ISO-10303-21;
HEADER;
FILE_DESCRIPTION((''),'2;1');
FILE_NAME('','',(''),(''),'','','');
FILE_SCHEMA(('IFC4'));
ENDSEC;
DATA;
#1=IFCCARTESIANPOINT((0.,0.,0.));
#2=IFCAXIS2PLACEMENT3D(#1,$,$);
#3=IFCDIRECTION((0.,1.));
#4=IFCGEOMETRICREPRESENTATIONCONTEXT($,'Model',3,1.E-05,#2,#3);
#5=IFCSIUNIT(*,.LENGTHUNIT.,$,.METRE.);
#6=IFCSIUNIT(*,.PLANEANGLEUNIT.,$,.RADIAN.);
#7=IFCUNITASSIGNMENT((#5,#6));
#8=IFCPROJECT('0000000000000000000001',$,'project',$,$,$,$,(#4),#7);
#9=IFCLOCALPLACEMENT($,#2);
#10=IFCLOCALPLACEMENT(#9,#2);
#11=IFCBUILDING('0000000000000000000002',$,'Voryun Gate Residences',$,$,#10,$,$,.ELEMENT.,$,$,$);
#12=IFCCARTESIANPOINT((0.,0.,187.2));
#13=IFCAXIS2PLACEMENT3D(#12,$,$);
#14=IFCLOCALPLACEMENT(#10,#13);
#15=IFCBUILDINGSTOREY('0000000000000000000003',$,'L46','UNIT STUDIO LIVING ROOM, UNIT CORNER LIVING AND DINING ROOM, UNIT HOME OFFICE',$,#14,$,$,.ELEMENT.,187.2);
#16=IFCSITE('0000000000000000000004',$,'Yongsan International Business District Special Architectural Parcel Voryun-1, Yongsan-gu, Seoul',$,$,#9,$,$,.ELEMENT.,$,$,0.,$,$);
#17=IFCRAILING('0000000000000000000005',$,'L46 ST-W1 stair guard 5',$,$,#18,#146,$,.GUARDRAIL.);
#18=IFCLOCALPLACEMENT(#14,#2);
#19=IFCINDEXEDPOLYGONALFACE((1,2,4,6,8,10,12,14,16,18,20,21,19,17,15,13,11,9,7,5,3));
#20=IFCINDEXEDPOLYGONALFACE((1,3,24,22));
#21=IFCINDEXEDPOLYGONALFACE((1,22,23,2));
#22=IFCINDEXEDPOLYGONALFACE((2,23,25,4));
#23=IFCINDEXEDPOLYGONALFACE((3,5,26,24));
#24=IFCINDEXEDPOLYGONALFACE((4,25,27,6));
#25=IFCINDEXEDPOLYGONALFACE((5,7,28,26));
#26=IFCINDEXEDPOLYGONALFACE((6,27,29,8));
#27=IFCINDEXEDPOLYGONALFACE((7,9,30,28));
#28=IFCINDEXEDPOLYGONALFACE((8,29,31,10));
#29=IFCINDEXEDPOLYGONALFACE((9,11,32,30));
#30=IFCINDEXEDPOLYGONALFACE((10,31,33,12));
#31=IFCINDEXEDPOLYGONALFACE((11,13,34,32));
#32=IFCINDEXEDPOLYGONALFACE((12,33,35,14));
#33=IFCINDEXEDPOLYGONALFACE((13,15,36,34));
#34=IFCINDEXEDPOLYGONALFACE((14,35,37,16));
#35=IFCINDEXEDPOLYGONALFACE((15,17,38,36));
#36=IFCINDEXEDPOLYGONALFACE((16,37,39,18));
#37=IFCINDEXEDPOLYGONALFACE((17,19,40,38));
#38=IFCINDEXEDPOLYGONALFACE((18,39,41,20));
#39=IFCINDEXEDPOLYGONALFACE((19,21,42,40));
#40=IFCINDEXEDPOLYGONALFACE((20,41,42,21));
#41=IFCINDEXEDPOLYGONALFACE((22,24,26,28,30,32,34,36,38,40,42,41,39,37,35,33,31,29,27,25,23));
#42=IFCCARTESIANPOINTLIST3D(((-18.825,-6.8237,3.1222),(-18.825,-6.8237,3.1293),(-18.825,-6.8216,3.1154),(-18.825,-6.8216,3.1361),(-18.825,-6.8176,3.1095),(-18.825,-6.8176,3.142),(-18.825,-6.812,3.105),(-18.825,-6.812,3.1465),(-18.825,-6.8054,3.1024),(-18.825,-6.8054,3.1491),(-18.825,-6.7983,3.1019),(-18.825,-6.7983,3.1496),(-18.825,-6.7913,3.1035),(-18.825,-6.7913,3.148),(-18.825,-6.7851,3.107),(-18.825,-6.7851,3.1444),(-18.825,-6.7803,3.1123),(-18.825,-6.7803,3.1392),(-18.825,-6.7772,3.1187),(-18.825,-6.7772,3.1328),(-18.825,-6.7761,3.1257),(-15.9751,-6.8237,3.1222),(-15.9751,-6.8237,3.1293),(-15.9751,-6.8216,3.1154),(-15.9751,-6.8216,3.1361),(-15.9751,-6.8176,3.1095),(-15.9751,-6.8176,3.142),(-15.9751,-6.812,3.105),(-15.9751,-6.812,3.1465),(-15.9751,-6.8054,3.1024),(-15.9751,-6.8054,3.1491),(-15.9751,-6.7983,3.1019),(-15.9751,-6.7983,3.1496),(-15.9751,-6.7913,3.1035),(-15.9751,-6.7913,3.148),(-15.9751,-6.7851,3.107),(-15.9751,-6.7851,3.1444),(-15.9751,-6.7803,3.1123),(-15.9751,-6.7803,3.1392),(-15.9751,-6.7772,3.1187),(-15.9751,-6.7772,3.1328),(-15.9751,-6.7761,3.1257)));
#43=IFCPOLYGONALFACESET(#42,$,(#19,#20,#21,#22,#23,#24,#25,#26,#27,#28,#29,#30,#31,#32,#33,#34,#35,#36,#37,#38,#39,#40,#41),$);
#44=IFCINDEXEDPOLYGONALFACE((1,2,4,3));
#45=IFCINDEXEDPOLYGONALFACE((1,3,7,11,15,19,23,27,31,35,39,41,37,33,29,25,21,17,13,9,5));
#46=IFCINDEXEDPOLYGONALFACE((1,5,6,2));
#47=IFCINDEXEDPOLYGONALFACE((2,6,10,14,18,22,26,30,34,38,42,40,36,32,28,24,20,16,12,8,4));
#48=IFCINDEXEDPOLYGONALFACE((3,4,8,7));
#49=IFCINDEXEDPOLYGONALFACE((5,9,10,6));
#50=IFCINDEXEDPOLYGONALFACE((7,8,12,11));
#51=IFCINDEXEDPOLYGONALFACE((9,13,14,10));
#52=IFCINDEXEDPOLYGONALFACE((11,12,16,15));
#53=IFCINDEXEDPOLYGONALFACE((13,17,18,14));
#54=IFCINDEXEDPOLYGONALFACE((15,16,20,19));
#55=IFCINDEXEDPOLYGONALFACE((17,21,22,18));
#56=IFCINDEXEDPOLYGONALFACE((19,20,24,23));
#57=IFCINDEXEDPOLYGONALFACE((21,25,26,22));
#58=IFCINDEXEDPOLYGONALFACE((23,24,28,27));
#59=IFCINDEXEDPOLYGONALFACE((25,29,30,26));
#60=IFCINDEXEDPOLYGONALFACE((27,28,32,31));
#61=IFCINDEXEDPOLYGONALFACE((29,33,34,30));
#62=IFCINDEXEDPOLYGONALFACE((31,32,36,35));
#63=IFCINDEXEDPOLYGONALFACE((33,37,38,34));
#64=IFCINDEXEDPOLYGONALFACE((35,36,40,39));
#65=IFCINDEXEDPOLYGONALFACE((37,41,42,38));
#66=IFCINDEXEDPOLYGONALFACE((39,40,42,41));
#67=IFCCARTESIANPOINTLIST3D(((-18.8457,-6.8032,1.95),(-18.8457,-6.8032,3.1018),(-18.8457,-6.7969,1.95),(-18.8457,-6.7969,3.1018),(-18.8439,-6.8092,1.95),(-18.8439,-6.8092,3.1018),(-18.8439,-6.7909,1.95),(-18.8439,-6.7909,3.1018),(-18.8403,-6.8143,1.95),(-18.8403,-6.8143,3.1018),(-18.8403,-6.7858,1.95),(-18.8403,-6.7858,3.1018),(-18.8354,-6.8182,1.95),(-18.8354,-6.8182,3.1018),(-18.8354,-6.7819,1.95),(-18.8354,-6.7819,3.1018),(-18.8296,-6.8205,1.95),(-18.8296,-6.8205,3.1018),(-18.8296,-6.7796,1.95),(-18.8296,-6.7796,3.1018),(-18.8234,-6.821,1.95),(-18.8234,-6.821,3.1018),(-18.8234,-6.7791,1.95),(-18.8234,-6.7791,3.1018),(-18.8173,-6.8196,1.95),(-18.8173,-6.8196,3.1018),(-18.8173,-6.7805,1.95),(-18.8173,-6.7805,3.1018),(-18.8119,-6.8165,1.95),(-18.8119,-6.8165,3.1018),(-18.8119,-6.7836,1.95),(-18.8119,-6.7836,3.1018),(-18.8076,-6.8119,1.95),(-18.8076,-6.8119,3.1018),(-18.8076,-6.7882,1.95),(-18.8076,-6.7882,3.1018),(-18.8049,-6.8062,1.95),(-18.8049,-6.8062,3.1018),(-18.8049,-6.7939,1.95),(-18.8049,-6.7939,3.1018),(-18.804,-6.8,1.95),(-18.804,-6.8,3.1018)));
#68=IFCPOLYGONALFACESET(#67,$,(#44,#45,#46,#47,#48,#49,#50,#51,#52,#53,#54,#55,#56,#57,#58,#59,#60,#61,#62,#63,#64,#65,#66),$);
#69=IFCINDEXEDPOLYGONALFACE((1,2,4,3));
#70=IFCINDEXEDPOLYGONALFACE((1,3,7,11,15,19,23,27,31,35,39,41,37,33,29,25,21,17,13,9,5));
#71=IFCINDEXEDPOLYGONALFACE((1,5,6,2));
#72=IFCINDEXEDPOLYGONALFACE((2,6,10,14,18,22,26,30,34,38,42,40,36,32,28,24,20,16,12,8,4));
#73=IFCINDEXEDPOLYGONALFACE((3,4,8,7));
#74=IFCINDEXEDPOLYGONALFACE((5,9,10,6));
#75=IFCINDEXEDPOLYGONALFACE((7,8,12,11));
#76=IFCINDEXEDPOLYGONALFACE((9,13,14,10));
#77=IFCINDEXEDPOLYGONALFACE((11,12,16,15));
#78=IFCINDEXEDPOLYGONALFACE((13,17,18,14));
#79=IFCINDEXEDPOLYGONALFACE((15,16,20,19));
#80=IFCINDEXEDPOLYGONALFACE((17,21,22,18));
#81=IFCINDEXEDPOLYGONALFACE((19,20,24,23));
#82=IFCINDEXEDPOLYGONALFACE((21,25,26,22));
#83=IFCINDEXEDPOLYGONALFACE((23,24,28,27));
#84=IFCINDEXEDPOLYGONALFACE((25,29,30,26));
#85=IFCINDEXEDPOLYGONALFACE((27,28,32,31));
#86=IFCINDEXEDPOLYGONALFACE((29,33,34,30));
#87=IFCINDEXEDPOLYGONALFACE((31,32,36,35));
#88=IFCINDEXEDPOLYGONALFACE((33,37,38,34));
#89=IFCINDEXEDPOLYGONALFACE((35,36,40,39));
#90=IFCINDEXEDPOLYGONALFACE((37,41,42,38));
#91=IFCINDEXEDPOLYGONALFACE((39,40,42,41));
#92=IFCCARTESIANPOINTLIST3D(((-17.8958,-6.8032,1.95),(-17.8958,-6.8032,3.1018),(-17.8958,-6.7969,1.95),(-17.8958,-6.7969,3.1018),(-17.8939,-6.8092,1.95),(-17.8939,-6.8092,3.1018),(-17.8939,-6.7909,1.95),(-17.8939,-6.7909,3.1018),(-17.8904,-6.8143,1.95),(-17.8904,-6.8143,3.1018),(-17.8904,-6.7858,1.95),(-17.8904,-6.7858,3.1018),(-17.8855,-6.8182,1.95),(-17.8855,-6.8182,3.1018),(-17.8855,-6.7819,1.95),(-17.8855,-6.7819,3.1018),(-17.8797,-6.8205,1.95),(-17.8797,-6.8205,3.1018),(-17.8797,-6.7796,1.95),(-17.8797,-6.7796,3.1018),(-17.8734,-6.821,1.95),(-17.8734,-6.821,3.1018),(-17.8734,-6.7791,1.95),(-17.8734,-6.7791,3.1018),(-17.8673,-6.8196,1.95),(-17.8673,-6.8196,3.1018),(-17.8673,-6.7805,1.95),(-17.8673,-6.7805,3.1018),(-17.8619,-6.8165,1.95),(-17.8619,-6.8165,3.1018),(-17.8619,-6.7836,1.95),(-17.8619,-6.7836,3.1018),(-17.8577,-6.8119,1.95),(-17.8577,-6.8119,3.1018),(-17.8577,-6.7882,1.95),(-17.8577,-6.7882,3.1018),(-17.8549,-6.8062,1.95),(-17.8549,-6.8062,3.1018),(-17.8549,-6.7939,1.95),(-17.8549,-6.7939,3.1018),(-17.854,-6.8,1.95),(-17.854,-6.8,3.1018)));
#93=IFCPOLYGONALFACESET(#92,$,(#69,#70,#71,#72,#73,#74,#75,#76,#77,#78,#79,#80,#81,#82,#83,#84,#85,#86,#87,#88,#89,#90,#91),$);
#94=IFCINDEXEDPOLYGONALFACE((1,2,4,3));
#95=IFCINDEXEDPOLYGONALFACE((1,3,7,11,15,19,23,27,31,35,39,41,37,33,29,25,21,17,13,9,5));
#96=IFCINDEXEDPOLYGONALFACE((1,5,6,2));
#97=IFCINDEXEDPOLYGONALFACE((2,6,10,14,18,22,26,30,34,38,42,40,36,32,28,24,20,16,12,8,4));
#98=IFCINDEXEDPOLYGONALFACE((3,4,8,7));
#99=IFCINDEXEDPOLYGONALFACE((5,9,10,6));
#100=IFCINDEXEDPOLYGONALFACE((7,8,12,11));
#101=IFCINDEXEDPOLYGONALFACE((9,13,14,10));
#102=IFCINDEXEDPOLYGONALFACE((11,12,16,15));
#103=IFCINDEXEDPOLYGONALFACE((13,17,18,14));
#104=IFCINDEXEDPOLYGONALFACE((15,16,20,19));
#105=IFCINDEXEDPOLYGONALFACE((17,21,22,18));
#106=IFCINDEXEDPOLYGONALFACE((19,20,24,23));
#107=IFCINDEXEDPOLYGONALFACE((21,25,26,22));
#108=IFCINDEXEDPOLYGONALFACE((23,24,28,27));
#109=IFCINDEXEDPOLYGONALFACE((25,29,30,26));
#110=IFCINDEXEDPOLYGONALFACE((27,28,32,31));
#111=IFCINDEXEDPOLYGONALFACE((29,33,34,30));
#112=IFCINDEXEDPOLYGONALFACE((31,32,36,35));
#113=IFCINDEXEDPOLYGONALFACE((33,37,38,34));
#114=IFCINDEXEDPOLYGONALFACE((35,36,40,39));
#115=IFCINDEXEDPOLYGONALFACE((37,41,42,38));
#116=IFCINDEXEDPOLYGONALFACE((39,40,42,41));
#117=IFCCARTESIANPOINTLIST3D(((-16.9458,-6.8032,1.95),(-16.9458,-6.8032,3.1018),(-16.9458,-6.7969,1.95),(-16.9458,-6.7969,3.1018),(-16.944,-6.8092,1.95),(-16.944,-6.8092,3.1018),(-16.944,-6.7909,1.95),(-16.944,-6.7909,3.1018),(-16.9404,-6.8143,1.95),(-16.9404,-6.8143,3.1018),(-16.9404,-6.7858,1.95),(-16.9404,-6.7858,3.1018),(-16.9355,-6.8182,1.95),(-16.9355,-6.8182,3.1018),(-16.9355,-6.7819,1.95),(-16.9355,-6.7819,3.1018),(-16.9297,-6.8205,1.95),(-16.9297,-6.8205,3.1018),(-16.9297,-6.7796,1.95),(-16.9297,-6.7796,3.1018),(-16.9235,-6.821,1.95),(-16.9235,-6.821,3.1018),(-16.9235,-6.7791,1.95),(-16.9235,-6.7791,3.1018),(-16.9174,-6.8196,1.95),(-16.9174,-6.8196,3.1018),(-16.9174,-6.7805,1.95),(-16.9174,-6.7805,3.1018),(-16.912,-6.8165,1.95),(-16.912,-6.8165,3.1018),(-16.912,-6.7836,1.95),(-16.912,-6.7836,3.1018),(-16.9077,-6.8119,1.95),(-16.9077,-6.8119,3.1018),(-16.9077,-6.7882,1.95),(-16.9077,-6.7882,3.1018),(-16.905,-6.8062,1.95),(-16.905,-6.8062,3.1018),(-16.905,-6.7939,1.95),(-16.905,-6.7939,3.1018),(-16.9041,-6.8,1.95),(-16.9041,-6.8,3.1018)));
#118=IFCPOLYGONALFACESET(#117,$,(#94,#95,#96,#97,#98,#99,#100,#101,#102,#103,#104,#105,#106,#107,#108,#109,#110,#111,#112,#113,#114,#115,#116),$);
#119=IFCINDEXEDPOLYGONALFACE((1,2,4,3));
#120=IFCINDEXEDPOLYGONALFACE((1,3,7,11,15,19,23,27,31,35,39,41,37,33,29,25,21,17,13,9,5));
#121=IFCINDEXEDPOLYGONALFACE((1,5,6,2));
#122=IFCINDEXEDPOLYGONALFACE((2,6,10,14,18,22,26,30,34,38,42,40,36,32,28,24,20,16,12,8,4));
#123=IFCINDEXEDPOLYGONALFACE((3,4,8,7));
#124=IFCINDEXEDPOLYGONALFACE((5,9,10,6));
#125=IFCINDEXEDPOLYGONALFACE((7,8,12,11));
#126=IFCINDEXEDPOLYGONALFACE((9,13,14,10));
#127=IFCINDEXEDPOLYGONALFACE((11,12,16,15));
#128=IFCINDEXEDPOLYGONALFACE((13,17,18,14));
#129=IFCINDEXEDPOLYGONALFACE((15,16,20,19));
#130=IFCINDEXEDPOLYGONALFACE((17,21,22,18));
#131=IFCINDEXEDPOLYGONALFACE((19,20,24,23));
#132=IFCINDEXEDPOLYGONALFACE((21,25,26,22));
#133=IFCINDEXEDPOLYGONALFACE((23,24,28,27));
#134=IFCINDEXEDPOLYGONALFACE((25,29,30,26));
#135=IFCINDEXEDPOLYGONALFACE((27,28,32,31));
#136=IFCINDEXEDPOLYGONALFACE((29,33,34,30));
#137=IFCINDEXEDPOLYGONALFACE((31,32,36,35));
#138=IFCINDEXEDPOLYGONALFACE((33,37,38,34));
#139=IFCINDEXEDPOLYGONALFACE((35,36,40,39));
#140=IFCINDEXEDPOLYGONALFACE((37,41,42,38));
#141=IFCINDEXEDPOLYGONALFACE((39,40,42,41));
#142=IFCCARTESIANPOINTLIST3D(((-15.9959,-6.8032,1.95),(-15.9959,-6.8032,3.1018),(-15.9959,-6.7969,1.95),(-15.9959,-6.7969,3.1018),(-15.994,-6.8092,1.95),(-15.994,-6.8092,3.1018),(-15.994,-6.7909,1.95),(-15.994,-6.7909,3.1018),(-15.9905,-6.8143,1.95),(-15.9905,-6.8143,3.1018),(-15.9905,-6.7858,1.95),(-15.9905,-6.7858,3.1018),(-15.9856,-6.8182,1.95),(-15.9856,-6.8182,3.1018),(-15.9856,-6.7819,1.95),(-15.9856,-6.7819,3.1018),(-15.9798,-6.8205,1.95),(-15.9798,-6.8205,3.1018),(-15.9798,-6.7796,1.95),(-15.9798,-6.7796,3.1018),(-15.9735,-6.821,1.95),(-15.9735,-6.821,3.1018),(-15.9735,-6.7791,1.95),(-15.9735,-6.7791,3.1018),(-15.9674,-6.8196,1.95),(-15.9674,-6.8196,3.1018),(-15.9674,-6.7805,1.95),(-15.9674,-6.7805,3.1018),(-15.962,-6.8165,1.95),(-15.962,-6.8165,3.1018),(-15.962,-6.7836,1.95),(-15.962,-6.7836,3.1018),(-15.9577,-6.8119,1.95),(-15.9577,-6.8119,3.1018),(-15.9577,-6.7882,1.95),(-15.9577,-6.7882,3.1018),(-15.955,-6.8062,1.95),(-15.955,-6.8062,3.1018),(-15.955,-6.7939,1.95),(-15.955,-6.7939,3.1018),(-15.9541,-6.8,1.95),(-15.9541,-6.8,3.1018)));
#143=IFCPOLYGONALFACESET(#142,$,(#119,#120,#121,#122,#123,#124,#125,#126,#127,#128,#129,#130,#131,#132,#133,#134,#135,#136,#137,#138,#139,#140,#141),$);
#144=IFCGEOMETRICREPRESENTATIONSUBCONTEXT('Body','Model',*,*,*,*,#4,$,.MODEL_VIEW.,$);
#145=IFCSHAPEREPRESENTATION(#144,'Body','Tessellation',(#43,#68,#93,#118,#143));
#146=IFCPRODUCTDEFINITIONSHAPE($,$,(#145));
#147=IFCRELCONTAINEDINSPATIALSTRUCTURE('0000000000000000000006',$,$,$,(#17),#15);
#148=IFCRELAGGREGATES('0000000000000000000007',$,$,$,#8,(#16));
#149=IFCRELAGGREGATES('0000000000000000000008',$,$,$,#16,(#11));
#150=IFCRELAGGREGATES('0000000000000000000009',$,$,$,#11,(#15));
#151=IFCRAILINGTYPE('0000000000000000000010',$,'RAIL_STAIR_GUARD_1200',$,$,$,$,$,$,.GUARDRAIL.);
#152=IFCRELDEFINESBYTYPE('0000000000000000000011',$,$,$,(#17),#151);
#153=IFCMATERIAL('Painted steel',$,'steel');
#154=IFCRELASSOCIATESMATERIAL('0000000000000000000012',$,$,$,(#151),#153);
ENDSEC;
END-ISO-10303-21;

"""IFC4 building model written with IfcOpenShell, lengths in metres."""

from ifc_helpers import new_model, si_unit, direction, frame, origin, origin_2d, place, context, subcontext, project, spatial, circle, extrude, material, type_object, element, save


model = new_model("IFC4")

# Units and contexts
model_context = context("Model", 3, precision=1e-05, world=origin(), true_north=direction((0.0, 1.0)))
body_context = subcontext(model_context, "Body", "Model", "MODEL_VIEW")
ifc_project = project(units=[si_unit("LENGTHUNIT", "METRE"), si_unit("PLANEANGLEUNIT", "RADIAN")], contexts=[model_context])

# Site, building, storey
site_placement = place(None, origin())
site = spatial("IfcSite", under=ifc_project, at=site_placement, Name="Yongsan International Business District Special Architectural Parcel Voryun-1, Yongsan-gu, Seoul", CompositionType="ELEMENT", RefElevation=0.0)
building_placement = place(site_placement, origin())
building = spatial("IfcBuilding", under=site, at=building_placement, Name="Voryun Gate Residences", CompositionType="ELEMENT")
storey_placement = place(building_placement, frame((0.0, 0.0, 187.2)))
storey = spatial("IfcBuildingStorey", under=building, at=storey_placement, Name="L46", Description="UNIT STUDIO LIVING ROOM, UNIT CORNER LIVING AND DINING ROOM, UNIT HOME OFFICE", CompositionType="ELEMENT", Elevation=187.2)

# Railing
ifc_material_1 = material(Name="Painted steel", Category="steel")
railing_type_1 = type_object("IfcRailingType", Name="RAIL_STAIR_GUARD_1200", PredefinedType="GUARDRAIL", material=ifc_material_1)
railing_1_placement = place(storey_placement, frame((-18.825, -6.8, 1.95)))
element("IfcRailing", 1, at=railing_1_placement, inside=storey, type_object=railing_type_1, Name="L46 ST-W1 stair guard 5", PredefinedType="GUARDRAIL", context=body_context, shape_type="SweptSolid", body=[
    extrude(circle(Radius=0.0239, at=origin_2d()), frame((0.0, 0.0, 1.1758), z_axis=(1.0, 0.0, 0.0), x_axis=(0.0, 1.0, 0.0)), (0.0, 0.0, 1.0), 2.8499),
    extrude(circle(Radius=0.021, at=origin_2d()), origin(), (0.0, 0.0, 1.0), 1.1519),
    extrude(circle(Radius=0.021, at=origin_2d()), frame((0.95, 0.0, 0.0)), (0.0, 0.0, 1.0), 1.1519),
    extrude(circle(Radius=0.021, at=origin_2d()), frame((1.8999, 0.0, 0.0)), (0.0, 0.0, 1.0), 1.1519),
    extrude(circle(Radius=0.021, at=origin_2d()), frame((2.8499, 0.0, 0.0)), (0.0, 0.0, 1.0), 1.1519),
])

save(model, "model.ifc")
